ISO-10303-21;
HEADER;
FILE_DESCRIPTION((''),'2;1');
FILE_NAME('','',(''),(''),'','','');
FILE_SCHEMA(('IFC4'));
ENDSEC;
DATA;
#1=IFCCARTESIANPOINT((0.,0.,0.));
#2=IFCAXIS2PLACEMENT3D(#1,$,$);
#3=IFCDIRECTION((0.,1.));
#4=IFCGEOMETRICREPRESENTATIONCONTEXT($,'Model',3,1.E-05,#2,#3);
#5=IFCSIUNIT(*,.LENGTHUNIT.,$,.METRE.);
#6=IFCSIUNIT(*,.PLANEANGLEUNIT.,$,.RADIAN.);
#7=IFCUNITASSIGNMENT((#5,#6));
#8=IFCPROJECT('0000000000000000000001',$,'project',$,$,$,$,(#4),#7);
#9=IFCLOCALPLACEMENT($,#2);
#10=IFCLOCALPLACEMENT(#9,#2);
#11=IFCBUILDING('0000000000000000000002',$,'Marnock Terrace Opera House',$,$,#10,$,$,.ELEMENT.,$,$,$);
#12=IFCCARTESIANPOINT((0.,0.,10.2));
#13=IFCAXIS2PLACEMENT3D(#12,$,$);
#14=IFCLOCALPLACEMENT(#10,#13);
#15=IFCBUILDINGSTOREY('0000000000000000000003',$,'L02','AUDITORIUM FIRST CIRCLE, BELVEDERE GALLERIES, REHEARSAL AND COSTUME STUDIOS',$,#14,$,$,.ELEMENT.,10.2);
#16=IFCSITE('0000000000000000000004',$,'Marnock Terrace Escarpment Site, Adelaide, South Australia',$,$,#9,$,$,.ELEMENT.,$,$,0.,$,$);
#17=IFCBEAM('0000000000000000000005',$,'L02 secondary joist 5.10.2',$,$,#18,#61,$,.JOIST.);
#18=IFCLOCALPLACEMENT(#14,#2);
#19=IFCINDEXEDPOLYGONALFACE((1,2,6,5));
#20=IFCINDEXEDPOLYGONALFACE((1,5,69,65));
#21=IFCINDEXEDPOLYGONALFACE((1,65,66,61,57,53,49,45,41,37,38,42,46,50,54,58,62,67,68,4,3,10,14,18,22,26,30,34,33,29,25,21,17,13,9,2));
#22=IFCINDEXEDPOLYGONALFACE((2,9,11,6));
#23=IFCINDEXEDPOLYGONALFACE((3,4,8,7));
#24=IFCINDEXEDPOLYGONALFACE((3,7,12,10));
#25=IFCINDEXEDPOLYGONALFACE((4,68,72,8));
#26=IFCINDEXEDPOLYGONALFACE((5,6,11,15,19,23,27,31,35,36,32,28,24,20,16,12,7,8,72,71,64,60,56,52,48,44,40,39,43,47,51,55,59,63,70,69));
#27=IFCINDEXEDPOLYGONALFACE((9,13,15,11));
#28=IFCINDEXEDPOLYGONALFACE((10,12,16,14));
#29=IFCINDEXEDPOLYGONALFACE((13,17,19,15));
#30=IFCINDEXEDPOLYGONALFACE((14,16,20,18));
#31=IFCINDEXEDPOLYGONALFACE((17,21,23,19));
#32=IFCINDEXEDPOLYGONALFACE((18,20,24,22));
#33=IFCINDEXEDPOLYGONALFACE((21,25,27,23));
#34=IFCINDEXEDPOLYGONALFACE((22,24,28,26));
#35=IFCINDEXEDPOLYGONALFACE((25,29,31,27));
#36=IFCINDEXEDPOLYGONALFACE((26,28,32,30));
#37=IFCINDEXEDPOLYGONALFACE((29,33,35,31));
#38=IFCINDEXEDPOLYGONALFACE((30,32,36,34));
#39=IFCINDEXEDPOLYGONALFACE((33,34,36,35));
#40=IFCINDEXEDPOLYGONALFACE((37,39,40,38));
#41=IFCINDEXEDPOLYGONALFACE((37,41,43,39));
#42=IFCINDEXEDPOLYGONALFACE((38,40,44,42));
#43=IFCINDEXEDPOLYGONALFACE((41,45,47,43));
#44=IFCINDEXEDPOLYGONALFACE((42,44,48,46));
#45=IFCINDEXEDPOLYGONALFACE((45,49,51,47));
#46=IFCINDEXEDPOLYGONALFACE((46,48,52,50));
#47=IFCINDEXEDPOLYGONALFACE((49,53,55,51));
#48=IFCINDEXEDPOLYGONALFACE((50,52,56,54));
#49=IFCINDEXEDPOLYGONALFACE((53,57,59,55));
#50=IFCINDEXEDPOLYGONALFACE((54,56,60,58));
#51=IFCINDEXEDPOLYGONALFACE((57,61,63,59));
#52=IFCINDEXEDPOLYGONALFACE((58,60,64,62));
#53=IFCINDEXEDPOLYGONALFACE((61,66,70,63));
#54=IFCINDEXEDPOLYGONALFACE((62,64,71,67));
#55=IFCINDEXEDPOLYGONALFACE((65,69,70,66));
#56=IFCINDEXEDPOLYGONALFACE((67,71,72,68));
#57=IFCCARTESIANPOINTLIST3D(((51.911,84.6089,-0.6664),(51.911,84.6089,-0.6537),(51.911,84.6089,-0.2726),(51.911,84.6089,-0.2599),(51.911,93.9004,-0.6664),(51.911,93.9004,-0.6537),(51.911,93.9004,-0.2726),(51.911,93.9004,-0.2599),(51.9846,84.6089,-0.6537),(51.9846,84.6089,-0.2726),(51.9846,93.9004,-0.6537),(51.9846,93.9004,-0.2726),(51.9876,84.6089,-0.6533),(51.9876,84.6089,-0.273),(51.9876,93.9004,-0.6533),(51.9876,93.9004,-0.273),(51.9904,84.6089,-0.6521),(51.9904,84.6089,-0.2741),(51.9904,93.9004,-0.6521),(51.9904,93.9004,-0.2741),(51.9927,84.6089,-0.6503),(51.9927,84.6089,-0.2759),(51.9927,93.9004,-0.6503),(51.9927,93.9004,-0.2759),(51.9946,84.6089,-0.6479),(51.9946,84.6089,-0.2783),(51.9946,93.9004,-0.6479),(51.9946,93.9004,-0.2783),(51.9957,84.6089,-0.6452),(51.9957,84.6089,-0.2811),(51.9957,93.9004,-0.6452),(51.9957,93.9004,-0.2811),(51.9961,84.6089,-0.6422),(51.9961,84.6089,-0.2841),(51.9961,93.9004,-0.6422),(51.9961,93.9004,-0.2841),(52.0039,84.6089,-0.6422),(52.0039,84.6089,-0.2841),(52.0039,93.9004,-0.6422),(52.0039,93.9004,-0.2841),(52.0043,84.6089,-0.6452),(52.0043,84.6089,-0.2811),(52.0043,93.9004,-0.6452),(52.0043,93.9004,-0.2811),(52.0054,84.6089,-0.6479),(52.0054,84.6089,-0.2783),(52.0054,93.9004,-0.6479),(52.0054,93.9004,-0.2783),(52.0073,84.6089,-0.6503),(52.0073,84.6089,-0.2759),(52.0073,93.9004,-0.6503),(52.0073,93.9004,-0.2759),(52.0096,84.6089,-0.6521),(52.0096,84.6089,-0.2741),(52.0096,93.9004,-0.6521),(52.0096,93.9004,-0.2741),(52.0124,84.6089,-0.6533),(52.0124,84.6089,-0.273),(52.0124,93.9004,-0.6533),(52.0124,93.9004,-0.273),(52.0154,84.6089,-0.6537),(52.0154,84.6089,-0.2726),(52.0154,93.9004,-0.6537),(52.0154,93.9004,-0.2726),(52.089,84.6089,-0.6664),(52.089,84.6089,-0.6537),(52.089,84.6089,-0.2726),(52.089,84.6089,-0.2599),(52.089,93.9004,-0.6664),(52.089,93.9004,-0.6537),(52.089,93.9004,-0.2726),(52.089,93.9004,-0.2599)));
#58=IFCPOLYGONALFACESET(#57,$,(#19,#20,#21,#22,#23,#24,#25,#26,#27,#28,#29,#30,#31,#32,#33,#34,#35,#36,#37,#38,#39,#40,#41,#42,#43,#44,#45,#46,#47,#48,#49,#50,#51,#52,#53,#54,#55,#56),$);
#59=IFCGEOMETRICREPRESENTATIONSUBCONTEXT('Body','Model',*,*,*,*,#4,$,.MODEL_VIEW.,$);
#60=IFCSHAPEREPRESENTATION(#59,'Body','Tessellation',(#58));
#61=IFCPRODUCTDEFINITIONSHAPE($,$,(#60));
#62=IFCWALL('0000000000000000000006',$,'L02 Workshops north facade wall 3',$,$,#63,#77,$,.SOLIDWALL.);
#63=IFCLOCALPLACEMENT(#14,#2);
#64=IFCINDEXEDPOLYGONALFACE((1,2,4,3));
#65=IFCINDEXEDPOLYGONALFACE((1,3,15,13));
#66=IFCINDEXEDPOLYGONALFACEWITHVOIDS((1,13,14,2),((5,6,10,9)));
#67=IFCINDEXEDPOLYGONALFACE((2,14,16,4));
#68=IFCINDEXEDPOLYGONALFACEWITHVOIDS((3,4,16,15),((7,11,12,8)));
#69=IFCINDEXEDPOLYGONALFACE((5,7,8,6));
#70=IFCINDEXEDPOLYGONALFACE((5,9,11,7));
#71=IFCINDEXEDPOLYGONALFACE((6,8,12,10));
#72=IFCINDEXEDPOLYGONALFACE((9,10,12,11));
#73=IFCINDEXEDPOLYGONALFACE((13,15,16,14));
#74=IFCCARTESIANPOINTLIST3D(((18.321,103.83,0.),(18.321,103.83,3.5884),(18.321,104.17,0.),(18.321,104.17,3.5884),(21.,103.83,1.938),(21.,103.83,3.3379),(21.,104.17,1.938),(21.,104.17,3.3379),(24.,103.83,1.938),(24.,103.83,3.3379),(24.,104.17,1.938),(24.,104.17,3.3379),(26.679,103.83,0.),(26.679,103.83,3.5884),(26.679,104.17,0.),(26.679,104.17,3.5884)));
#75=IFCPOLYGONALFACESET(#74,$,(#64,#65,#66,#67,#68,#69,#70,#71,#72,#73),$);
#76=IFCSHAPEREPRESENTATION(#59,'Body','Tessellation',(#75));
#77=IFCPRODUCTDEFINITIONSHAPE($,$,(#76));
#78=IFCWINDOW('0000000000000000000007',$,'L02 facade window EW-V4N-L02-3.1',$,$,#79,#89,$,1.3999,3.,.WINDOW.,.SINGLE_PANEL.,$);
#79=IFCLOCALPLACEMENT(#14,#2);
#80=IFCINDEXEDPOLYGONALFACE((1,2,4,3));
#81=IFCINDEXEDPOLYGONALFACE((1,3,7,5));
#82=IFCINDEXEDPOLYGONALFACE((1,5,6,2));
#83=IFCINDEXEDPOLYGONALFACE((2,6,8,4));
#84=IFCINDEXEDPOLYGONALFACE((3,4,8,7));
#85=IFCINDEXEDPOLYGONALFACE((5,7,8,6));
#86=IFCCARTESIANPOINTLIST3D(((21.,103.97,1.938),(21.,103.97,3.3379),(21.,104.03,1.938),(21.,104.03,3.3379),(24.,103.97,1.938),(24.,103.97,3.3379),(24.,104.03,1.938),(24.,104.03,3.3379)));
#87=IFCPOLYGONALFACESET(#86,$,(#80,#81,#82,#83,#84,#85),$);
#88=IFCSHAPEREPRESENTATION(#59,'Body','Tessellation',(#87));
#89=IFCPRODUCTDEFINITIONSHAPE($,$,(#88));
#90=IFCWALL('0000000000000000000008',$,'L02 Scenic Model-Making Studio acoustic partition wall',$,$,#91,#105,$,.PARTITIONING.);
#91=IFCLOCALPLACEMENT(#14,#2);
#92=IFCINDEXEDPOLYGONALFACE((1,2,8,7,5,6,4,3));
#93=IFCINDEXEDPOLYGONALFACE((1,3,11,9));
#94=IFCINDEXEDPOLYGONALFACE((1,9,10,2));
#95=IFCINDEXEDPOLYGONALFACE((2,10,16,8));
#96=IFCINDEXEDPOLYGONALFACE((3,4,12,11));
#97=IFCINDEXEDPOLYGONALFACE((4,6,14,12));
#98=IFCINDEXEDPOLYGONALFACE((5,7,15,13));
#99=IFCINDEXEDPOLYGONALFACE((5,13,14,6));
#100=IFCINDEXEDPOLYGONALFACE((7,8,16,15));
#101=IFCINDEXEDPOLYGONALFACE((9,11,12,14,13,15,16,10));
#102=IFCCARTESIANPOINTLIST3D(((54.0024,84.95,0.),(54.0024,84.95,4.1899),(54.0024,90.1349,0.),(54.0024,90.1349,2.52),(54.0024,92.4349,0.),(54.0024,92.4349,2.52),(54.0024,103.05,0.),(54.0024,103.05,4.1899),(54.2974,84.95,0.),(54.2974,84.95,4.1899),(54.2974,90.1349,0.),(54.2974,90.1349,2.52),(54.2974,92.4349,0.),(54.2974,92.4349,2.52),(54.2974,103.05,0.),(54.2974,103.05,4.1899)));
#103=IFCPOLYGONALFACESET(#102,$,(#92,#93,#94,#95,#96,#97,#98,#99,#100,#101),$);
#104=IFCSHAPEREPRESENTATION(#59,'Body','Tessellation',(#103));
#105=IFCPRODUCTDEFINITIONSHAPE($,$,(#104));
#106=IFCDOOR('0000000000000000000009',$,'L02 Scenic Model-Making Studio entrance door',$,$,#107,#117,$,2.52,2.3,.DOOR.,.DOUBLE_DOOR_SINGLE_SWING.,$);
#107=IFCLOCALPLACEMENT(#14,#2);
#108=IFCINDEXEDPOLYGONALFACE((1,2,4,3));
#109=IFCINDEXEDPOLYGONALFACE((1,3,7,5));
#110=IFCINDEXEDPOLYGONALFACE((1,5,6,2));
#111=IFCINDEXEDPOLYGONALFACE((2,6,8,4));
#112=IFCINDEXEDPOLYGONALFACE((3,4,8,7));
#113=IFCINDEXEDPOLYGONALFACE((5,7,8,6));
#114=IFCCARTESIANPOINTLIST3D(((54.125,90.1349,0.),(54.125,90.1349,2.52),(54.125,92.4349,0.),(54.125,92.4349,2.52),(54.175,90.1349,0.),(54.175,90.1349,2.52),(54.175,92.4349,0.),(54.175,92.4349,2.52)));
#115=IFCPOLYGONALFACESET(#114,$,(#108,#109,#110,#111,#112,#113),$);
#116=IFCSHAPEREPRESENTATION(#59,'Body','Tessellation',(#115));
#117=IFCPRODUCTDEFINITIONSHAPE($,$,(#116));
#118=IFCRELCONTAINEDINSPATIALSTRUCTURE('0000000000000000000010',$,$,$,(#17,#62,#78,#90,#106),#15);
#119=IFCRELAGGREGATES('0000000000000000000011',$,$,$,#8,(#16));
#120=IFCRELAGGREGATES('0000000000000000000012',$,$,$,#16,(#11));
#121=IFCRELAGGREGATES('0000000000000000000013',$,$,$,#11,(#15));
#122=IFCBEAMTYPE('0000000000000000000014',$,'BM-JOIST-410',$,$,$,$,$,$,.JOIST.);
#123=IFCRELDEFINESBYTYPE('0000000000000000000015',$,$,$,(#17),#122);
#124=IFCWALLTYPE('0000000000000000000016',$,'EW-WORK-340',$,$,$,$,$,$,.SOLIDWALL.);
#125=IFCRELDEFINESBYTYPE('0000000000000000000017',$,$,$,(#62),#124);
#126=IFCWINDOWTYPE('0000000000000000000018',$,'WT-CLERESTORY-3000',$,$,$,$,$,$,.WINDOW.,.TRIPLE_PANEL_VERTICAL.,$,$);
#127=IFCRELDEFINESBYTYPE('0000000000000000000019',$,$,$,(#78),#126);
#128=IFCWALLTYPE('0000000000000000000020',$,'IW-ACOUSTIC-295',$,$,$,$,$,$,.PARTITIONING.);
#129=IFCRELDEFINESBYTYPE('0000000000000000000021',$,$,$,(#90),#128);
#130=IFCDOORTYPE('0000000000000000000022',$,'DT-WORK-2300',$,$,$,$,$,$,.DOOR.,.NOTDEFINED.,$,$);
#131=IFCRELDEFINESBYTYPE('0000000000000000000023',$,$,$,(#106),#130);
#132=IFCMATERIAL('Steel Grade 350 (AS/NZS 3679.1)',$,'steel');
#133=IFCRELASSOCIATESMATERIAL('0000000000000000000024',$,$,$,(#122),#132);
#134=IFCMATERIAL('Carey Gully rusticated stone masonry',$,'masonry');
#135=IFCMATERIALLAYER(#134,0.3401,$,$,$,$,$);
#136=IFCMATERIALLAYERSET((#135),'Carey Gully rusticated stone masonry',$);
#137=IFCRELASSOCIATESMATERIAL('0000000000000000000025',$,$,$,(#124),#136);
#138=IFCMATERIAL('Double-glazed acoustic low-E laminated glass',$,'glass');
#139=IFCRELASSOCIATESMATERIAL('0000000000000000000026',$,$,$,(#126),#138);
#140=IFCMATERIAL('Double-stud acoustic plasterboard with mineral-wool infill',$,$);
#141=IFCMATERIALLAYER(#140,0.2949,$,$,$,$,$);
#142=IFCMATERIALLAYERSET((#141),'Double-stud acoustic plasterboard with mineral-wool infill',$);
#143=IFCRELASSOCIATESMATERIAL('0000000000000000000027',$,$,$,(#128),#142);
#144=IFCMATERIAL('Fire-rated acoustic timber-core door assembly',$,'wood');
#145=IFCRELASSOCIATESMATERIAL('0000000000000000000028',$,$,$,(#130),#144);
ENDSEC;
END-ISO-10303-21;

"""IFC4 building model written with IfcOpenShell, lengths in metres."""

from ifc_helpers import new_model, si_unit, direction, frame, frame_2d, origin, origin_2d, place, context, subcontext, project, spatial, rectangle, i_section, extrude, material, layer, layer_set, material_profile, profile_set, type_object, element, fill, save


model = new_model("IFC4")

# Units and contexts
model_context = context("Model", 3, precision=1e-05, world=origin(), true_north=direction((0.0, 1.0)))
body_context = subcontext(model_context, "Body", "Model", "MODEL_VIEW")
ifc_project = project(units=[si_unit("LENGTHUNIT", "METRE"), si_unit("PLANEANGLEUNIT", "RADIAN")], contexts=[model_context])

# Site, building, storey
site_placement = place(None, origin())
site = spatial("IfcSite", under=ifc_project, at=site_placement, Name="Marnock Terrace Escarpment Site, Adelaide, South Australia", CompositionType="ELEMENT", RefElevation=0.0)
building_placement = place(site_placement, origin())
building = spatial("IfcBuilding", under=site, at=building_placement, Name="Marnock Terrace Opera House", CompositionType="ELEMENT")
storey_placement = place(building_placement, frame((0.0, 0.0, 10.2)))
storey = spatial("IfcBuildingStorey", under=building, at=storey_placement, Name="L02", Description="AUDITORIUM FIRST CIRCLE, BELVEDERE GALLERIES, REHEARSAL AND COSTUME STUDIOS", CompositionType="ELEMENT", Elevation=10.2)

# Shared definitions
ifc_material_1 = material(Name="Steel Grade 350 (AS/NZS 3679.1)", Category="steel")

# Beam
ifc_material_profile_1 = material_profile(ifc_material_1, i_section(OverallWidth=0.178, OverallDepth=0.4065, WebThickness=0.0078, FlangeThickness=0.0127, FilletRadius=0.0115, at=origin_2d()))
ifc_profile_set_1 = profile_set([ifc_material_profile_1], Name="Steel Grade 350 (AS/NZS 3679.1)")
beam_type_1 = type_object("IfcBeamType", Name="BM-JOIST-410", PredefinedType="JOIST", material=ifc_profile_set_1)
for number, where, z_axis, x_axis, name in (
    (1, (52.0, 84.6089, -0.4631), (0.0, 1.0, 0.0), (-1.0, 0.0, 0.0), "L02 secondary joist 5.10.2"),
):
    element("IfcBeam", number, at=place(storey_placement, frame(where, z_axis=z_axis, x_axis=x_axis)), inside=storey, type_object=beam_type_1, Name=name, PredefinedType="JOIST", context=body_context, shape_type="SweptSolid", body=[
        extrude(i_section(OverallWidth=0.178, OverallDepth=0.4065, WebThickness=0.0078, FlangeThickness=0.0127, FilletRadius=0.0115, at=origin_2d()), origin(), (0.0, 0.0, 1.0), 9.2915),
    ])

# Wall, opening, window
ifc_material_2 = material(Name="Carey Gully rusticated stone masonry", Category="masonry")
ifc_layer_1 = layer(ifc_material_2, 0.3401)
ifc_layer_set_1 = layer_set([ifc_layer_1], Name="Carey Gully rusticated stone masonry")
wall_type_1 = type_object("IfcWallType", Name="EW-WORK-340", PredefinedType="SOLIDWALL", material=ifc_layer_set_1)
wall_1_placement = place(storey_placement, frame((18.321, 104.0, 0.0), z_axis=(0.0, 0.0, 1.0), x_axis=(1.0, 0.0, 0.0)))
wall_1 = element("IfcWall", 2, at=wall_1_placement, inside=storey, type_object=wall_type_1, Name="L02 Workshops north facade wall 3", PredefinedType="SOLIDWALL", context=body_context, shape_type="SweptSolid", body=[
    extrude(rectangle(XDim=8.3579, YDim=0.3401, at=frame_2d((4.179, 0.0))), origin(), (0.0, 0.0, 1.0), 3.5884),
])
opening_1_placement = place(wall_1_placement, frame((2.679, 0.0, 1.938)))
opening_1 = element("IfcOpeningElement", 3, at=opening_1_placement, cuts=wall_1, PredefinedType="OPENING", context=body_context, shape_type="SweptSolid", body=[
    extrude(rectangle(XDim=3.0, YDim=1.3999, at=frame_2d((1.5, 0.7))), frame((0.0, 0.1799, 0.0), z_axis=(0.0, -1.0, 0.0), x_axis=(1.0, 0.0, 0.0)), (0.0, 0.0, 1.0), 0.3601),
])
ifc_material_3 = material(Name="Double-glazed acoustic low-E laminated glass", Category="glass")
window_type = type_object("IfcWindowType", Name="WT-CLERESTORY-3000", PartitioningType="TRIPLE_PANEL_VERTICAL", PredefinedType="WINDOW", material=ifc_material_3)
window_placement = place(opening_1_placement, origin())
window = element("IfcWindow", 4, at=window_placement, inside=storey, type_object=window_type, Name="L02 facade window EW-V4N-L02-3.1", OverallHeight=1.3999, OverallWidth=3.0, PartitioningType="SINGLE_PANEL", PredefinedType="WINDOW", context=body_context, shape_type="SweptSolid", body=[
    extrude(rectangle(XDim=3.0, YDim=1.3999, at=frame_2d((1.5, 0.7))), frame((0.0, 0.03, 0.0), z_axis=(0.0, -1.0, 0.0), x_axis=(1.0, 0.0, 0.0)), (0.0, 0.0, 1.0), 0.0601),
])
fill(opening_1, window)

# Wall, opening, door
ifc_material_4 = material(Name="Double-stud acoustic plasterboard with mineral-wool infill")
ifc_layer_2 = layer(ifc_material_4, 0.2949)
ifc_layer_set_2 = layer_set([ifc_layer_2], Name="Double-stud acoustic plasterboard with mineral-wool infill")
wall_type_2 = type_object("IfcWallType", Name="IW-ACOUSTIC-295", PredefinedType="PARTITIONING", material=ifc_layer_set_2)
wall_2_placement = place(storey_placement, frame((54.1499, 84.95, 0.0), z_axis=(0.0, 0.0, 1.0), x_axis=(0.0, 1.0, 0.0)))
wall_2 = element("IfcWall", 5, at=wall_2_placement, inside=storey, type_object=wall_type_2, Name="L02 Scenic Model-Making Studio acoustic partition wall", PredefinedType="PARTITIONING", context=body_context, shape_type="SweptSolid", body=[
    extrude(rectangle(XDim=18.1001, YDim=0.2949, at=frame_2d((9.05, 0.0))), origin(), (0.0, 0.0, 1.0), 4.1899),
])
opening_2_placement = place(wall_2_placement, frame((5.1851, 0.0, 0.0)))
opening_2 = element("IfcOpeningElement", 6, at=opening_2_placement, cuts=wall_2, PredefinedType="OPENING", context=body_context, shape_type="SweptSolid", body=[
    extrude(rectangle(XDim=2.3, YDim=2.52, at=frame_2d((1.1499, 1.26))), frame((0.0, 0.1575, 0.0), z_axis=(0.0, -1.0, 0.0), x_axis=(1.0, 0.0, 0.0)), (0.0, 0.0, 1.0), 0.3149),
])
ifc_material_5 = material(Name="Fire-rated acoustic timber-core door assembly", Category="wood")
door_type = type_object("IfcDoorType", Name="DT-WORK-2300", OperationType="NOTDEFINED", PredefinedType="DOOR", material=ifc_material_5)
door_placement = place(opening_2_placement, origin())
door = element("IfcDoor", 7, at=door_placement, inside=storey, type_object=door_type, Name="L02 Scenic Model-Making Studio entrance door", OperationType="DOUBLE_DOOR_SINGLE_SWING", OverallHeight=2.52, OverallWidth=2.3, PredefinedType="DOOR", context=body_context, shape_type="SweptSolid", body=[
    extrude(rectangle(XDim=2.3, YDim=2.52, at=frame_2d((1.1499, 1.26))), frame((0.0, 0.0249, 0.0), z_axis=(0.0, -1.0, 0.0), x_axis=(1.0, 0.0, 0.0)), (0.0, 0.0, 1.0), 0.05),
])
fill(opening_2, door)

save(model, "model.ifc")
